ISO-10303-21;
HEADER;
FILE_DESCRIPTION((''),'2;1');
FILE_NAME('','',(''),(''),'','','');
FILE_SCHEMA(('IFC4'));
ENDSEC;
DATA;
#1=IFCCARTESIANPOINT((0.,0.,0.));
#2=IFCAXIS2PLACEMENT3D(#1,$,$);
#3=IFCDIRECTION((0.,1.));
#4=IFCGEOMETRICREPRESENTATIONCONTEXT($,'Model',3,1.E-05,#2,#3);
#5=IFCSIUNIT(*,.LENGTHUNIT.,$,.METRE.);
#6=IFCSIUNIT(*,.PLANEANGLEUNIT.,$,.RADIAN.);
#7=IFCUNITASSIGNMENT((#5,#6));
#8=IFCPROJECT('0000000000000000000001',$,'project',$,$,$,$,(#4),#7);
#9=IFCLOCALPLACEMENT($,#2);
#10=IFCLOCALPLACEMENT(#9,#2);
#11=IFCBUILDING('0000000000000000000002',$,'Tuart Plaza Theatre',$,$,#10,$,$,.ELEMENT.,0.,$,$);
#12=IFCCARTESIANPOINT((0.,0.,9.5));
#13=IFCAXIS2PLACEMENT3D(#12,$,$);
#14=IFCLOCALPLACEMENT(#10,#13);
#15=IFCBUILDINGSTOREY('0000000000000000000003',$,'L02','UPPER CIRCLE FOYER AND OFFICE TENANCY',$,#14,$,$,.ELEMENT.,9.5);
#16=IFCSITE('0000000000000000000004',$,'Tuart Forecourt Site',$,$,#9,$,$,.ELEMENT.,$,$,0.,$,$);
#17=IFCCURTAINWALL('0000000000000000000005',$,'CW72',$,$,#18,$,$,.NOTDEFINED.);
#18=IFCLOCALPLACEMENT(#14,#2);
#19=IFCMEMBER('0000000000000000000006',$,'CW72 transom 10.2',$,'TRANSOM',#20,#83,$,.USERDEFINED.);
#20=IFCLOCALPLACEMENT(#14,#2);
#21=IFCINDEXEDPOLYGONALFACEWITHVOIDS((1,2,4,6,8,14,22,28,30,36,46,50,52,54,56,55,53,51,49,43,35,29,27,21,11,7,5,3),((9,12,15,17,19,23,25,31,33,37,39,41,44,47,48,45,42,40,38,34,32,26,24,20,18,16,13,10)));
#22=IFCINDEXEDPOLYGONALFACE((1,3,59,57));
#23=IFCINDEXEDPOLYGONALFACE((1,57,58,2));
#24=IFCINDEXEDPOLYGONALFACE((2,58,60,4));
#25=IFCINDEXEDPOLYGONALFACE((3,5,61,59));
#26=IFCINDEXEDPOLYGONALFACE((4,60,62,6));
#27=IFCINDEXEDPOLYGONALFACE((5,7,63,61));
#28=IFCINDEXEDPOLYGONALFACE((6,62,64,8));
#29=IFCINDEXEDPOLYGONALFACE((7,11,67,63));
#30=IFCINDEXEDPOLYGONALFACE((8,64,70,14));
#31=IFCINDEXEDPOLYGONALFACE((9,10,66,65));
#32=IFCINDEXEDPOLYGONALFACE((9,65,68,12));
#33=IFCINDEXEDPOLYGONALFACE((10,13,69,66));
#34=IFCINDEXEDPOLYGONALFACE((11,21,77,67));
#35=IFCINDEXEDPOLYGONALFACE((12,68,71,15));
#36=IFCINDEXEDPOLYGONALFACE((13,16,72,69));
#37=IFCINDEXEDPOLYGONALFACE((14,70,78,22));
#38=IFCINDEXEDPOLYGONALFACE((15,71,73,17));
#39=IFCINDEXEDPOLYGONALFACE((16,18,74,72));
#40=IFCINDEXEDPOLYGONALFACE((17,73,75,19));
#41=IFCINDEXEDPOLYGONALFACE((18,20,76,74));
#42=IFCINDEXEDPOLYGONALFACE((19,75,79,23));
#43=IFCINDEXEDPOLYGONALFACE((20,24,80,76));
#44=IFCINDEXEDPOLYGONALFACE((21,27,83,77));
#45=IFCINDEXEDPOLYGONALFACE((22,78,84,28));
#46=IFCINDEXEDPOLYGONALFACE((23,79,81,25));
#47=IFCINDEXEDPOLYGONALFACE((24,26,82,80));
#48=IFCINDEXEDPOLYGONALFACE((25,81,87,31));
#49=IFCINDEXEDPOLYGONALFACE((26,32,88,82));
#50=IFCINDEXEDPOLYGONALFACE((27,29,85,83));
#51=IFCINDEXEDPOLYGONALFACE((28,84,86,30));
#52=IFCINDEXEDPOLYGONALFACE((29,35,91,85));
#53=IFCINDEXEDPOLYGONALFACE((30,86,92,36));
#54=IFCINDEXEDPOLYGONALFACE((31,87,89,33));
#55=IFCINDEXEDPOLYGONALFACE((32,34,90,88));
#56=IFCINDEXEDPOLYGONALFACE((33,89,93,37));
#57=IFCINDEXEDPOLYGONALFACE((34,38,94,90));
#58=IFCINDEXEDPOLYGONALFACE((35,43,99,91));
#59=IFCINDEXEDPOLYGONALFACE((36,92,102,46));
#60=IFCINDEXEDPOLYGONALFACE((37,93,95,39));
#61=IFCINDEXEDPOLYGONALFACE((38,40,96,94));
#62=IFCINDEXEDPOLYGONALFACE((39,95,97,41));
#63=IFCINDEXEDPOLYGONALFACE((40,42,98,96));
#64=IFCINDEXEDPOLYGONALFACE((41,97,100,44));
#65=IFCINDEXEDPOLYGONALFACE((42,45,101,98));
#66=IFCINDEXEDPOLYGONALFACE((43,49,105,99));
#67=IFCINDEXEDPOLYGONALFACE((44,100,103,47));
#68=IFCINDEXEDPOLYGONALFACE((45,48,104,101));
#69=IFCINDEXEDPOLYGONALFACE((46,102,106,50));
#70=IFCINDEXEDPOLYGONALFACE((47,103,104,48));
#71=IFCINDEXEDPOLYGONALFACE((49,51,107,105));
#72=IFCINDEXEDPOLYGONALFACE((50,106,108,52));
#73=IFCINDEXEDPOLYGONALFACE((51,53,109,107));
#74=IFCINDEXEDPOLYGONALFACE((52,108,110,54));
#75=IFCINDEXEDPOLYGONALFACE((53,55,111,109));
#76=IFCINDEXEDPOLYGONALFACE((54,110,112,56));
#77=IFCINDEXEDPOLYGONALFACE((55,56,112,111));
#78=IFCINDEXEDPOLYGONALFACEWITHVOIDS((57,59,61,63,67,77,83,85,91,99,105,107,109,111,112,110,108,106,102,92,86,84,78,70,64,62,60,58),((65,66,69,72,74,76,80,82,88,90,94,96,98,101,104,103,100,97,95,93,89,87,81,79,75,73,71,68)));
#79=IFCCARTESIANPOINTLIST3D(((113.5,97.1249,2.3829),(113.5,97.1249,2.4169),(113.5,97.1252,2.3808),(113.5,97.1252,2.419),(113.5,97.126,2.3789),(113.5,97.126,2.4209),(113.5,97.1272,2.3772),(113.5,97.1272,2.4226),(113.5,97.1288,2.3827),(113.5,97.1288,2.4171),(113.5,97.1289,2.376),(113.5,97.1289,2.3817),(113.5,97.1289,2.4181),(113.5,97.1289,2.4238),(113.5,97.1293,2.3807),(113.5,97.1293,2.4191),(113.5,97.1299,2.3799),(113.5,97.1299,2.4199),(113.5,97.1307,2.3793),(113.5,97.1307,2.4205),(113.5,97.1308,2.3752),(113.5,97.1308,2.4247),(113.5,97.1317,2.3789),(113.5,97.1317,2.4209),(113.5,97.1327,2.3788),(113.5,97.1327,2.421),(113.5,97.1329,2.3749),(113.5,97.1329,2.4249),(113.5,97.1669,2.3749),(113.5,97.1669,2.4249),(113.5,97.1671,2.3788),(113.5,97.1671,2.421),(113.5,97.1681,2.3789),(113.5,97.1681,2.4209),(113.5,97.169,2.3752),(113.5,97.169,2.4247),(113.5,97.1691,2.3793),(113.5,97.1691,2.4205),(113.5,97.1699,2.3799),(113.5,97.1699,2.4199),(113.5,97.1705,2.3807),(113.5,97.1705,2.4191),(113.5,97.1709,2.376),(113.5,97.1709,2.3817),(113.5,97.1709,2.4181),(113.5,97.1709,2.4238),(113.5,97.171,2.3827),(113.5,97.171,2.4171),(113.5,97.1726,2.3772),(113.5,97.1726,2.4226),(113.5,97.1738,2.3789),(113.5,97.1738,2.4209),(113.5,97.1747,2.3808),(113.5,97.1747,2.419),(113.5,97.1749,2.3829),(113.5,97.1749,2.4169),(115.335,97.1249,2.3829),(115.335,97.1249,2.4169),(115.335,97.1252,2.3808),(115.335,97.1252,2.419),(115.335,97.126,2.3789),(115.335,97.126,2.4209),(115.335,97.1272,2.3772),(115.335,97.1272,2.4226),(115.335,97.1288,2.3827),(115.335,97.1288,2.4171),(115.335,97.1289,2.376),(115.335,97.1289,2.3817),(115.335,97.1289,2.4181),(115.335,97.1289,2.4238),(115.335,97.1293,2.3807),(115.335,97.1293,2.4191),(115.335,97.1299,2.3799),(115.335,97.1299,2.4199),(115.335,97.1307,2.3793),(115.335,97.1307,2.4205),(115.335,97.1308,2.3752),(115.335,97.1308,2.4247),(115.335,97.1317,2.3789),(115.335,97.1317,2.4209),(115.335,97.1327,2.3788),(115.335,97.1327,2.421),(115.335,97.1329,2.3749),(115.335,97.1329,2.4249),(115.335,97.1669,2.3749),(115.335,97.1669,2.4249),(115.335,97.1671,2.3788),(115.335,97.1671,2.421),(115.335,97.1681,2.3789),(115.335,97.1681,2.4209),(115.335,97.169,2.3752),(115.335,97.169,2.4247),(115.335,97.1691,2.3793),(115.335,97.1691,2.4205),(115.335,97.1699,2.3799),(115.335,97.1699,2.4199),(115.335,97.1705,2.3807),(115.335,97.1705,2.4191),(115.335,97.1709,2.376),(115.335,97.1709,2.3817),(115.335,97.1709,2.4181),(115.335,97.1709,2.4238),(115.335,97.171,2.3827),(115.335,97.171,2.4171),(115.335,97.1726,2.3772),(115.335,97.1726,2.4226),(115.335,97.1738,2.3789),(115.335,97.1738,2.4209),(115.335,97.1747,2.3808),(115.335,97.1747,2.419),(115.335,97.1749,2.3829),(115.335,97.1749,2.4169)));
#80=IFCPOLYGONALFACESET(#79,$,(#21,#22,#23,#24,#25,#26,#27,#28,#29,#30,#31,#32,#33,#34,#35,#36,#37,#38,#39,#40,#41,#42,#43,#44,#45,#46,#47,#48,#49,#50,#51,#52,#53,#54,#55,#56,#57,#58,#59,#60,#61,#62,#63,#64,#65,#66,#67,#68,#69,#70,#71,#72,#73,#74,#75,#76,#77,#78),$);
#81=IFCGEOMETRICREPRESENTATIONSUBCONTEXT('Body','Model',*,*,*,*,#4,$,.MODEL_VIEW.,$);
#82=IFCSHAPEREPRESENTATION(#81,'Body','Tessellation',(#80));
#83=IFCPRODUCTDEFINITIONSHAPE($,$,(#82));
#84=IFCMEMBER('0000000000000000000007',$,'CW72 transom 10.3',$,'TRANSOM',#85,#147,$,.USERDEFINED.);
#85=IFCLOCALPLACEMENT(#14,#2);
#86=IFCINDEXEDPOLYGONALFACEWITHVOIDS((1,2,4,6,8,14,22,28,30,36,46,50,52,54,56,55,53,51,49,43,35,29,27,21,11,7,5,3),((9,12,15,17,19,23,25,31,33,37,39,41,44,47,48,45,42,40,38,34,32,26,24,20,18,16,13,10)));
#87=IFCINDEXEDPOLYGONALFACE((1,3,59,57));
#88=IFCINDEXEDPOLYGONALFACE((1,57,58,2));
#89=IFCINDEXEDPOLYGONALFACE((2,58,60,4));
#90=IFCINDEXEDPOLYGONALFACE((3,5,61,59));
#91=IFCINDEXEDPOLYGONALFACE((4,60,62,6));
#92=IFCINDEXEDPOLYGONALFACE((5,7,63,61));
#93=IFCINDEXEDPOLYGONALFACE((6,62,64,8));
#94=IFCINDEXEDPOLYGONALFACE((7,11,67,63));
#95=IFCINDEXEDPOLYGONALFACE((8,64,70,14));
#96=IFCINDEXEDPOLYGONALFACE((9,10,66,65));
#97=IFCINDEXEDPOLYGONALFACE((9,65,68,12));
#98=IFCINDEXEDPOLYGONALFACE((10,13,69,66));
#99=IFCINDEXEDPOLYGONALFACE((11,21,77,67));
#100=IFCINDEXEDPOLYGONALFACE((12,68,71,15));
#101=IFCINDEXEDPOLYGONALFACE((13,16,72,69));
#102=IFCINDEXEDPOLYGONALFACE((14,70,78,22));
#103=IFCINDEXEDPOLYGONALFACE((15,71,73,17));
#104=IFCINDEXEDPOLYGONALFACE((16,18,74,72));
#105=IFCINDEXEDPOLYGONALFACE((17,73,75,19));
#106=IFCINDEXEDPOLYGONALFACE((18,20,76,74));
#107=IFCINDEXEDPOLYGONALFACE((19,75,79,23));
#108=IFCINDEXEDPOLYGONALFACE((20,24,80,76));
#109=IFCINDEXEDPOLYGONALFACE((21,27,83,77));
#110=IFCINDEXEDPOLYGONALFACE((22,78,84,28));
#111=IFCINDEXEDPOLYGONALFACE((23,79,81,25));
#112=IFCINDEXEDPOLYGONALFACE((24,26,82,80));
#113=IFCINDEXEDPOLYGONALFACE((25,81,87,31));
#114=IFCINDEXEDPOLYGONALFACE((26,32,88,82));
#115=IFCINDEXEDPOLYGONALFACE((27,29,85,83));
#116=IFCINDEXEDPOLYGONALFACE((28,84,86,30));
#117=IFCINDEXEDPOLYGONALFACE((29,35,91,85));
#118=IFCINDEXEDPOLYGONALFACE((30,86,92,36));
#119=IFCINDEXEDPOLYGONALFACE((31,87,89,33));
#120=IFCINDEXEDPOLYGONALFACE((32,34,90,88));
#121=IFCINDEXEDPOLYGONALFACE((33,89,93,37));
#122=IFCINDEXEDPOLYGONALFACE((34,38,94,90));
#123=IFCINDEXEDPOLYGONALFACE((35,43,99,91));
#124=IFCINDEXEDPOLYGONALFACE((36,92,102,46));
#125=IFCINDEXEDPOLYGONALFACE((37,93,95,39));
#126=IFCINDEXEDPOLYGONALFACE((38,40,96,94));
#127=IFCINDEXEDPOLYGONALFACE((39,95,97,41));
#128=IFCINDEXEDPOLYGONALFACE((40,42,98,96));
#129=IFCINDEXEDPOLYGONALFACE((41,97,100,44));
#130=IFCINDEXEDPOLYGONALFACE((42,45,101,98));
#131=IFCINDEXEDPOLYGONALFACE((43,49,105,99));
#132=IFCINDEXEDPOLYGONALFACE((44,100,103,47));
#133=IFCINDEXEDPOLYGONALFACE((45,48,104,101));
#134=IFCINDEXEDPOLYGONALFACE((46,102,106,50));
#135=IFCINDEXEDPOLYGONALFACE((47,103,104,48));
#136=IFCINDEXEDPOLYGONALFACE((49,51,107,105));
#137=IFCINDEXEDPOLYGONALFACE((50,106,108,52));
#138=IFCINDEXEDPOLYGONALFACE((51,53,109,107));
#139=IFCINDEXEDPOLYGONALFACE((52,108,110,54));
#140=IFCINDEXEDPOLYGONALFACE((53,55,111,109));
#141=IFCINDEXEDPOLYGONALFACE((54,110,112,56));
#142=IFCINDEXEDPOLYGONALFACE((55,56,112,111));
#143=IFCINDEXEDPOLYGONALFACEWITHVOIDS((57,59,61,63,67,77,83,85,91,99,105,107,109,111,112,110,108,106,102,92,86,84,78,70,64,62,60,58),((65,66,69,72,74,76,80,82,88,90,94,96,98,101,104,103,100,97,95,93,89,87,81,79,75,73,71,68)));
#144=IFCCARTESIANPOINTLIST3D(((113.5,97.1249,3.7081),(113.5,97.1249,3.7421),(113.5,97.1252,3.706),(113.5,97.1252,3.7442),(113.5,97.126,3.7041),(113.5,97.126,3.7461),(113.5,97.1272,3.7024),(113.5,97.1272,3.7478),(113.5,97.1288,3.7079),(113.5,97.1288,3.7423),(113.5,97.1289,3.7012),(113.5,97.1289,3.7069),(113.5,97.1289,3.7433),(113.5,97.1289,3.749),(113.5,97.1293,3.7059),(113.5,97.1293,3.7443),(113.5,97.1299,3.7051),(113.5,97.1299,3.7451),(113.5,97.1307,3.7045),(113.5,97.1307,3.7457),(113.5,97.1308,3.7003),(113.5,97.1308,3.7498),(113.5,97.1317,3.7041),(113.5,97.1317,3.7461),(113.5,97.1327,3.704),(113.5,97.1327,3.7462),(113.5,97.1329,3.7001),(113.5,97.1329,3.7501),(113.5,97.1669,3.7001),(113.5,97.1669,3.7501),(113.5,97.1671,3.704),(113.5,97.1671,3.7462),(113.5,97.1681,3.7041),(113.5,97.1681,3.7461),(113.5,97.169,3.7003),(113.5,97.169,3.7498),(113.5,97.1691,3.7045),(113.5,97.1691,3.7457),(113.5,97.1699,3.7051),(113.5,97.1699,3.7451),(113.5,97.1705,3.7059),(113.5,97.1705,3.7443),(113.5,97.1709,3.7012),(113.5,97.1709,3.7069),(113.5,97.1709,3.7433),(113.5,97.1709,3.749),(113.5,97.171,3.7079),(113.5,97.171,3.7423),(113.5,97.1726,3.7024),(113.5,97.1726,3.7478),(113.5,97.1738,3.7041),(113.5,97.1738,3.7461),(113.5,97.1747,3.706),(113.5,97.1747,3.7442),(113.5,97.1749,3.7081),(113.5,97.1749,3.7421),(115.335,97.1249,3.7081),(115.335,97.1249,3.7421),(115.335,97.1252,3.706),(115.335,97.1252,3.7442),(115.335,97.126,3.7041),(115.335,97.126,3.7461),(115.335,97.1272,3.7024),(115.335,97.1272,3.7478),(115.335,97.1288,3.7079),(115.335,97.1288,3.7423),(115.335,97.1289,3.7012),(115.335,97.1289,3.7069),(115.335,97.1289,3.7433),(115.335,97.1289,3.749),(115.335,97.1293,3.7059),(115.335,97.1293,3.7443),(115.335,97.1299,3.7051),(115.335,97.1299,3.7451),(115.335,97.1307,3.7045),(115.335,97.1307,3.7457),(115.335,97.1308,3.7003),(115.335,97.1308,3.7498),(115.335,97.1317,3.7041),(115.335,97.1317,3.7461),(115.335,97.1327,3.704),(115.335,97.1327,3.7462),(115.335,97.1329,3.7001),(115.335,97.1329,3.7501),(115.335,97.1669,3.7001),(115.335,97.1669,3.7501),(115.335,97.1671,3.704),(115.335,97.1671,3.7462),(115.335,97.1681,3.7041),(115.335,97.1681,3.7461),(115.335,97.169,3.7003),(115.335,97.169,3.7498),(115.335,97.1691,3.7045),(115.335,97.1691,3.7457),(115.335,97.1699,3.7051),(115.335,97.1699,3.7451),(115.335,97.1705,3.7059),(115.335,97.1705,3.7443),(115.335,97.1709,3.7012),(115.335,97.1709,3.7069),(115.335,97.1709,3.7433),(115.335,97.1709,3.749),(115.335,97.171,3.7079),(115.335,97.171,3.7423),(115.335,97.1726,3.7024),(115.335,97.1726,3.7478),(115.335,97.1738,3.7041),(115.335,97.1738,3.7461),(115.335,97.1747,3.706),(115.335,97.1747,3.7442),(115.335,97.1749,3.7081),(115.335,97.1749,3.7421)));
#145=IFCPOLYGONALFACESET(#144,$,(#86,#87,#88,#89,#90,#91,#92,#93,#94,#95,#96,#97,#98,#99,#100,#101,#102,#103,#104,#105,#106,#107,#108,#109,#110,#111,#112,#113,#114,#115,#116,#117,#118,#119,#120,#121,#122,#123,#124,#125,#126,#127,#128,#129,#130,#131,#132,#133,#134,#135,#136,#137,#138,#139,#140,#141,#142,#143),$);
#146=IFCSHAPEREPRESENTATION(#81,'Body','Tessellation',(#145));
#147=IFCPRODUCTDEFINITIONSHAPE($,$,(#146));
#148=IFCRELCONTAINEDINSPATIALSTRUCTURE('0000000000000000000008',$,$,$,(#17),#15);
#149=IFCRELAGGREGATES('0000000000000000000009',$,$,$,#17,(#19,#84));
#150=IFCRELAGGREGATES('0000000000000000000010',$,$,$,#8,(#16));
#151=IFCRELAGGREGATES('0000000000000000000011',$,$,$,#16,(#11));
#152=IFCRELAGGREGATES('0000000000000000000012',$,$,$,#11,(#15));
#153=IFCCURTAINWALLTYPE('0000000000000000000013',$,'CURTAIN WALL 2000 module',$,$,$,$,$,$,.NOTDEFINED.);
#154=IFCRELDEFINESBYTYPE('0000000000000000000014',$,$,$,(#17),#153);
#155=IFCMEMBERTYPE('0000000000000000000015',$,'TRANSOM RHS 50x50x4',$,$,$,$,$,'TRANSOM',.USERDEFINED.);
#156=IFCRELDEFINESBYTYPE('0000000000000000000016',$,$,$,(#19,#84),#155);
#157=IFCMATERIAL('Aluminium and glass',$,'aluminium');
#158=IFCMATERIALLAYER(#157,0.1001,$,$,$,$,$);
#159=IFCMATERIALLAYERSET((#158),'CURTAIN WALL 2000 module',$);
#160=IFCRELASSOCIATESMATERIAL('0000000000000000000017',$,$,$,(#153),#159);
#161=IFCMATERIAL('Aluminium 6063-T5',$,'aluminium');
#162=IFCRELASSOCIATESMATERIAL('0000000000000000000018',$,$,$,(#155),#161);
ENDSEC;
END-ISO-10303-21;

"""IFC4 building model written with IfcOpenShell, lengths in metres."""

from ifc_helpers import new_model, si_unit, direction, frame, origin, origin_2d, place, context, subcontext, project, spatial, hollow_rectangle, extrude, material, layer, layer_set, material_profile, profile_set, type_object, element, aggregate, save


model = new_model("IFC4")

# Units and contexts
model_context = context("Model", 3, precision=1e-05, world=origin(), true_north=direction((0.0, 1.0)))
body_context = subcontext(model_context, "Body", "Model", "MODEL_VIEW")
ifc_project = project(units=[si_unit("LENGTHUNIT", "METRE"), si_unit("PLANEANGLEUNIT", "RADIAN")], contexts=[model_context])

# Site, building, storey
site_placement = place(None, origin())
site = spatial("IfcSite", under=ifc_project, at=site_placement, Name="Tuart Forecourt Site", CompositionType="ELEMENT", RefElevation=0.0)
building_placement = place(site_placement, origin())
building = spatial("IfcBuilding", under=site, at=building_placement, Name="Tuart Plaza Theatre", CompositionType="ELEMENT", ElevationOfRefHeight=0.0)
storey_placement = place(building_placement, frame((0.0, 0.0, 9.5)))
storey = spatial("IfcBuildingStorey", under=building, at=storey_placement, Name="L02", Description="UPPER CIRCLE FOYER AND OFFICE TENANCY", CompositionType="ELEMENT", Elevation=9.5)

# Curtain wall
ifc_material_1 = material(Name="Aluminium and glass", Category="aluminium")
ifc_layer_1 = layer(ifc_material_1, 0.1001)
ifc_layer_set_1 = layer_set([ifc_layer_1], Name="CURTAIN WALL 2000 module")
curtain_wall_type = type_object("IfcCurtainWallType", Name="CURTAIN WALL 2000 module", PredefinedType="NOTDEFINED", material=ifc_layer_set_1)
curtain_wall_1_placement = place(storey_placement, origin())
curtain_wall_1 = element("IfcCurtainWall", 1, at=curtain_wall_1_placement, inside=storey, type_object=curtain_wall_type, Name="CW72", PredefinedType="NOTDEFINED")

# Members
ifc_material_2 = material(Name="Aluminium 6063-T5", Category="aluminium")
ifc_material_profile_1 = material_profile(ifc_material_2, hollow_rectangle(XDim=0.05, YDim=0.05, WallThickness=0.0039, InnerFilletRadius=0.0039, OuterFilletRadius=0.0081, at=origin_2d()), Name="RHS 50x50x4")
ifc_profile_set_1 = profile_set([ifc_material_profile_1], Name="Aluminium 6063-T5")
member_type_1 = type_object("IfcMemberType", Name="TRANSOM RHS 50x50x4", ElementType="TRANSOM", PredefinedType="USERDEFINED", material=ifc_profile_set_1)
member_1_placement = place(storey_placement, frame((115.335, 97.1499, 2.3999), z_axis=(-1.0, 0.0, 0.0), x_axis=(0.0, -1.0, 0.0)))
member_1 = element("IfcMember", 2, at=member_1_placement, type_object=member_type_1, Name="CW72 transom 10.2", ObjectType="TRANSOM", PredefinedType="USERDEFINED", context=body_context, shape_type="SweptSolid", body=[
    extrude(hollow_rectangle(XDim=0.05, YDim=0.05, WallThickness=0.0039, InnerFilletRadius=0.0039, OuterFilletRadius=0.0081, at=origin_2d()), origin(), (0.0, 0.0, 1.0), 1.835),
])
member_2_placement = place(storey_placement, frame((115.335, 97.1499, 3.7251), z_axis=(-1.0, 0.0, 0.0), x_axis=(0.0, -1.0, 0.0)))
member_2 = element("IfcMember", 3, at=member_2_placement, type_object=member_type_1, Name="CW72 transom 10.3", ObjectType="TRANSOM", PredefinedType="USERDEFINED", context=body_context, shape_type="SweptSolid", body=[
    extrude(hollow_rectangle(XDim=0.05, YDim=0.05, WallThickness=0.0039, InnerFilletRadius=0.0039, OuterFilletRadius=0.0081, at=origin_2d()), origin(), (0.0, 0.0, 1.0), 1.835),
])

aggregate(curtain_wall_1, [member_1, member_2])

save(model, "model.ifc")
